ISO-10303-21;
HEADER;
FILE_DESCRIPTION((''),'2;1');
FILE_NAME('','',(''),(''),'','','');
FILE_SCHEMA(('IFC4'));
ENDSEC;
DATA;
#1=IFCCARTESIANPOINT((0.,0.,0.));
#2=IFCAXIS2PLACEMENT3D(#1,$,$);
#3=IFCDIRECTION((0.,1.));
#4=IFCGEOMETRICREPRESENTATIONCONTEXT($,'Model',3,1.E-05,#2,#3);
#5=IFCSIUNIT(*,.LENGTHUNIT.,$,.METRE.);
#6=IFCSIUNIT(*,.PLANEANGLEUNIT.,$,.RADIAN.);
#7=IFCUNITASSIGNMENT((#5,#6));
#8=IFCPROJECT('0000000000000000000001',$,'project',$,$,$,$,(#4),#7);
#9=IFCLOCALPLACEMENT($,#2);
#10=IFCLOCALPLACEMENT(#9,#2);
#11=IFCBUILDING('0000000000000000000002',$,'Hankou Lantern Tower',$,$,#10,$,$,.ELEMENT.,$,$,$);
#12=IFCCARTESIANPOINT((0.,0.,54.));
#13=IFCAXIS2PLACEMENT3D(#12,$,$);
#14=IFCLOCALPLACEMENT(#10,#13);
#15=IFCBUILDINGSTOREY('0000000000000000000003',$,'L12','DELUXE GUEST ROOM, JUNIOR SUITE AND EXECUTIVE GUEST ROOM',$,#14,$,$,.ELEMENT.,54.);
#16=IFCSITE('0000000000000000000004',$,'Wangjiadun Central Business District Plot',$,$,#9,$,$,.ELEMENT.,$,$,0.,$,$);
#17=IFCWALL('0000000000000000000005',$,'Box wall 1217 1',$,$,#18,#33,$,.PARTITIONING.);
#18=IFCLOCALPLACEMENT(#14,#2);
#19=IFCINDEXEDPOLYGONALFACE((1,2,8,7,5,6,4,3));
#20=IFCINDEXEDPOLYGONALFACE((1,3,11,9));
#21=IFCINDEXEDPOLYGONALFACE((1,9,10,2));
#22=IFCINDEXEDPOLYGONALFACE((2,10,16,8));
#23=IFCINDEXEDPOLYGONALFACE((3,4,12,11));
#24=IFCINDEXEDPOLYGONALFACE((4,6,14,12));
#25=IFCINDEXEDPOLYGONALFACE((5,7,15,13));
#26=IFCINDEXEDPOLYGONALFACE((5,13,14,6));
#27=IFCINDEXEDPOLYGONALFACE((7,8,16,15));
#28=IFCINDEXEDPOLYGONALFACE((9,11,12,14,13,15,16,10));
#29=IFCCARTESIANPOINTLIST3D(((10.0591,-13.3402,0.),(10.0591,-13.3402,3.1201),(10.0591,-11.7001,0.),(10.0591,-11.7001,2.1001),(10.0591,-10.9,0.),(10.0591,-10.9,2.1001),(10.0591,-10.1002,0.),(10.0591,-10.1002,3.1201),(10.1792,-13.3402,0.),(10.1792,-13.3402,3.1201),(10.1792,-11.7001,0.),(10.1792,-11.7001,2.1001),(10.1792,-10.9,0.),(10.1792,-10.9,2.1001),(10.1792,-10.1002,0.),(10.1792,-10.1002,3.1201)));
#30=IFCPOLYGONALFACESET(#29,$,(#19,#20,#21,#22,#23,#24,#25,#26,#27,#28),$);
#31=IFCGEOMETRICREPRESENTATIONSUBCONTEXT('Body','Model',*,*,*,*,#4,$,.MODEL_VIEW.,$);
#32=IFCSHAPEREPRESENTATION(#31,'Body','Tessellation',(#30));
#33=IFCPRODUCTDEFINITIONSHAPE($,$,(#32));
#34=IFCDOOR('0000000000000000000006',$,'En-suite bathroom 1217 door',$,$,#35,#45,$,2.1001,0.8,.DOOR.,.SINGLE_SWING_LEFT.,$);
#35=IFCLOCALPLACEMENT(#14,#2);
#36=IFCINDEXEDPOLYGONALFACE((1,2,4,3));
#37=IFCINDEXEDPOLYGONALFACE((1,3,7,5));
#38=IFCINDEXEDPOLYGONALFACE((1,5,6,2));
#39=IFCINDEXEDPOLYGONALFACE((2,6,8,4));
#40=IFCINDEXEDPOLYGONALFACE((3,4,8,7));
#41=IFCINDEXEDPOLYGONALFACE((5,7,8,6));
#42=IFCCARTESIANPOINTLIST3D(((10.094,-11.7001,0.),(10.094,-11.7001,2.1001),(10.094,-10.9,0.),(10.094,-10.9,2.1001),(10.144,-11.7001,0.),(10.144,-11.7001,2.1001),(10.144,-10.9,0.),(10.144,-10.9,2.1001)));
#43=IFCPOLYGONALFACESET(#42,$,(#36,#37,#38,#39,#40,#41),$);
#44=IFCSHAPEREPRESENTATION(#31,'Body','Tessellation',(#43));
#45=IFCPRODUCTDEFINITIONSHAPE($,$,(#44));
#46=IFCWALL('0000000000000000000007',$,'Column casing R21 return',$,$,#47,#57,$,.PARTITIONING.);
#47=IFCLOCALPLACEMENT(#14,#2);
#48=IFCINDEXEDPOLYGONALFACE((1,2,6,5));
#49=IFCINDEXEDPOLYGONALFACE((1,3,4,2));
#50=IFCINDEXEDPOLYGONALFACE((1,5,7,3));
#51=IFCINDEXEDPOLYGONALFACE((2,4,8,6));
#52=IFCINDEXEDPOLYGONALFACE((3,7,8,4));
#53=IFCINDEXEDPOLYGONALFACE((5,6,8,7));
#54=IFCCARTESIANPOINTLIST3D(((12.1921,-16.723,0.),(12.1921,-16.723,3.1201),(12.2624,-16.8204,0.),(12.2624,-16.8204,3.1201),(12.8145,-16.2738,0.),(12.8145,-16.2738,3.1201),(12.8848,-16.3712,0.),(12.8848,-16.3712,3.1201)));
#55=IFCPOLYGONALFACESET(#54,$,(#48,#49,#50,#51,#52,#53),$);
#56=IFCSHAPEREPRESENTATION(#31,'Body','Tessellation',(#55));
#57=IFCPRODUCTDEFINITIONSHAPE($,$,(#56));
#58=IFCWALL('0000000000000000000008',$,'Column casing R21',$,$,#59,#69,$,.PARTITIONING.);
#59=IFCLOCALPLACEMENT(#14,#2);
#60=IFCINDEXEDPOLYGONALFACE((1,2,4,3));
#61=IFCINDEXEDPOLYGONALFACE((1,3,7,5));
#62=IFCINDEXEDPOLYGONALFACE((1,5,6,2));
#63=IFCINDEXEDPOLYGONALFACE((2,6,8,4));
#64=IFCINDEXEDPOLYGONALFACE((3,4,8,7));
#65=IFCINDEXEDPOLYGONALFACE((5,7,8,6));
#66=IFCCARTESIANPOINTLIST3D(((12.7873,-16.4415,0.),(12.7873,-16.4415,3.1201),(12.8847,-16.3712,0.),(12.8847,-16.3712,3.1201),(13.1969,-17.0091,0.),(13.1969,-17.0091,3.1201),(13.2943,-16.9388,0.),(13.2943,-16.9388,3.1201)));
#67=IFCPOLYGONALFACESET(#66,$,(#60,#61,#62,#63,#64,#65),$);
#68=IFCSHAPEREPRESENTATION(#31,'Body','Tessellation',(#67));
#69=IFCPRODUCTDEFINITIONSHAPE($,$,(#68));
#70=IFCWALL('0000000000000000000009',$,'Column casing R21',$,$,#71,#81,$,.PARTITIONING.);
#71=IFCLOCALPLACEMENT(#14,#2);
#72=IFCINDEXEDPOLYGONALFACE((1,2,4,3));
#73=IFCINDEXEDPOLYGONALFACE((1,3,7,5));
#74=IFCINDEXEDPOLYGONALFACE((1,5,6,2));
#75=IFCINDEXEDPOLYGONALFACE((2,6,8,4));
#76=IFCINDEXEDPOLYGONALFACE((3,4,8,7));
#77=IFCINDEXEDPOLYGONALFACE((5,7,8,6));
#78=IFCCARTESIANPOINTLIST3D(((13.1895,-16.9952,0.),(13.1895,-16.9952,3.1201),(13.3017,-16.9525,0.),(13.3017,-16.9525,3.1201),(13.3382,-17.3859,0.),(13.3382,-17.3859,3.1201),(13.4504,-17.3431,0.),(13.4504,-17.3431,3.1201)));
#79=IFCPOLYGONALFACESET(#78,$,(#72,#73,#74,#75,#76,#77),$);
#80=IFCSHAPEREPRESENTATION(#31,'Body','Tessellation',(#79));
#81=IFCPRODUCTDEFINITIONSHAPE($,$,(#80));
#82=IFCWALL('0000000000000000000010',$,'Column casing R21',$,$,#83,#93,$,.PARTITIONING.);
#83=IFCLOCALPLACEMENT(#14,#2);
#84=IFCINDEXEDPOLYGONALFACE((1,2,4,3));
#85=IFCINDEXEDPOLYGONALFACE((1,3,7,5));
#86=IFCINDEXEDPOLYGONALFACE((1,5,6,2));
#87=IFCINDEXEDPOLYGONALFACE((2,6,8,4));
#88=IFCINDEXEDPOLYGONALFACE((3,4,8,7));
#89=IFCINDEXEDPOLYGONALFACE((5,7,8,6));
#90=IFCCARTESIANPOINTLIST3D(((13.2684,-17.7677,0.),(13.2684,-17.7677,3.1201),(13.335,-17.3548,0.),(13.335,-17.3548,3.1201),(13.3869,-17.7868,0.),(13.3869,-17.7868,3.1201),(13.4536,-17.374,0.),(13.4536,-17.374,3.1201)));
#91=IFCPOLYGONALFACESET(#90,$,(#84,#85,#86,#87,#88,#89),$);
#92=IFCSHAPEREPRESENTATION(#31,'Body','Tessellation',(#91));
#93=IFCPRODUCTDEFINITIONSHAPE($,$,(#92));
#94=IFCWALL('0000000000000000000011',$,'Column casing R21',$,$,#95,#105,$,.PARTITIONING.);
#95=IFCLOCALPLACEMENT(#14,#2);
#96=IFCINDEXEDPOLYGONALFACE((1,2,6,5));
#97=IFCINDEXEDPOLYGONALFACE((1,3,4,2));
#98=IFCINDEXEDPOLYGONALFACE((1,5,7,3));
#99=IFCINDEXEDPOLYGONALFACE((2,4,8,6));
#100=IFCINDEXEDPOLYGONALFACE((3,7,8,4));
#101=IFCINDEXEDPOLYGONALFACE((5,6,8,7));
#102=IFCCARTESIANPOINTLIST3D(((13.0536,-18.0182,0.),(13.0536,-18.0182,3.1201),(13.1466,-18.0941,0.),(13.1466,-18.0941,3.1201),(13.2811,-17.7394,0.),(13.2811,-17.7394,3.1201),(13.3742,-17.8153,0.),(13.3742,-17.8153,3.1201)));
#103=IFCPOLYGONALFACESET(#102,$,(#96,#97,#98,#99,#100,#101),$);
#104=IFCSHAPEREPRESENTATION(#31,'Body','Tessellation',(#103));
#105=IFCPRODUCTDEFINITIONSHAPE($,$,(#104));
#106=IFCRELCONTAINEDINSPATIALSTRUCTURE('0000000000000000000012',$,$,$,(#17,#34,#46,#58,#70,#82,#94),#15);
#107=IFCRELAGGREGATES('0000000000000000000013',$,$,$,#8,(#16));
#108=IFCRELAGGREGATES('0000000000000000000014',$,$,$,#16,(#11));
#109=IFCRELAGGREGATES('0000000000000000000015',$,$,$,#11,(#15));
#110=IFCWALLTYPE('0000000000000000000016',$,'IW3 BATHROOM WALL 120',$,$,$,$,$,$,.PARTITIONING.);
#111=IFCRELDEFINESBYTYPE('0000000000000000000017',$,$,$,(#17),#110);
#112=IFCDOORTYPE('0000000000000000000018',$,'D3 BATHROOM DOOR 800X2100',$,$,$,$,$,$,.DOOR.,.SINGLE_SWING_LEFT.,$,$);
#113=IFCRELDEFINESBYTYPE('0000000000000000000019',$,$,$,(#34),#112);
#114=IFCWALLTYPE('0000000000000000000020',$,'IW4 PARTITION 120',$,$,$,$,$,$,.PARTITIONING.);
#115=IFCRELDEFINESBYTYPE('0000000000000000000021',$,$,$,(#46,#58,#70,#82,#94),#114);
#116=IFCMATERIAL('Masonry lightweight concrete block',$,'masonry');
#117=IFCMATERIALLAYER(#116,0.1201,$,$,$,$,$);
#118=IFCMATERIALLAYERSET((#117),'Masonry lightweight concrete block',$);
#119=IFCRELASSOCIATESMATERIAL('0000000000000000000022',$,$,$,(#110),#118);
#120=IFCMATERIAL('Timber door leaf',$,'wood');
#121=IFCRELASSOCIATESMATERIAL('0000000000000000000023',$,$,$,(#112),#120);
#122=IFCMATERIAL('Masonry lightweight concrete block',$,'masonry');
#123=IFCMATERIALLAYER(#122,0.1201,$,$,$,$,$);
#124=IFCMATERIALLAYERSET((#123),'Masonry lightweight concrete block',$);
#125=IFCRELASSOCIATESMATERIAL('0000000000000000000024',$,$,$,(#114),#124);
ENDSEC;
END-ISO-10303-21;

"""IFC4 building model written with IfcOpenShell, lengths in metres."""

from ifc_helpers import new_model, si_unit, direction, frame, frame_2d, origin, place, context, subcontext, project, spatial, rectangle, extrude, material, layer, layer_set, type_object, element, fill, save


model = new_model("IFC4")

# Units and contexts
model_context = context("Model", 3, precision=1e-05, world=origin(), true_north=direction((0.0, 1.0)))
body_context = subcontext(model_context, "Body", "Model", "MODEL_VIEW")
ifc_project = project(units=[si_unit("LENGTHUNIT", "METRE"), si_unit("PLANEANGLEUNIT", "RADIAN")], contexts=[model_context])

# Site, building, storey
site_placement = place(None, origin())
site = spatial("IfcSite", under=ifc_project, at=site_placement, Name="Wangjiadun Central Business District Plot", CompositionType="ELEMENT", RefElevation=0.0)
building_placement = place(site_placement, origin())
building = spatial("IfcBuilding", under=site, at=building_placement, Name="Hankou Lantern Tower", CompositionType="ELEMENT")
storey_placement = place(building_placement, frame((0.0, 0.0, 54.0)))
storey = spatial("IfcBuildingStorey", under=building, at=storey_placement, Name="L12", Description="DELUXE GUEST ROOM, JUNIOR SUITE AND EXECUTIVE GUEST ROOM", CompositionType="ELEMENT", Elevation=54.0)

# Shared definitions
ifc_material_1 = material(Name="Masonry lightweight concrete block", Category="masonry")
ifc_layer_1 = layer(ifc_material_1, 0.1201)
ifc_layer_set_1 = layer_set([ifc_layer_1], Name="Masonry lightweight concrete block")
wall_type_1 = type_object("IfcWallType", Name="IW3 BATHROOM WALL 120", PredefinedType="PARTITIONING", material=ifc_layer_set_1)

# Wall, opening, door
wall_1_placement = place(storey_placement, frame((10.1191, -10.1001, 0.0), z_axis=(0.0, 0.0, 1.0), x_axis=(0.0, -1.0, 0.0)))
wall_1 = element("IfcWall", 1, at=wall_1_placement, inside=storey, type_object=wall_type_1, Name="Box wall 1217 1", PredefinedType="PARTITIONING", context=body_context, shape_type="SweptSolid", body=[
    extrude(rectangle(XDim=3.24, YDim=0.1201, at=frame_2d((1.6201, 0.0))), origin(), (0.0, 0.0, 1.0), 3.1201),
])
opening_1_placement = place(wall_1_placement, frame((0.8, 0.0, 0.0)))
opening_1 = element("IfcOpeningElement", 2, at=opening_1_placement, cuts=wall_1, PredefinedType="OPENING", context=body_context, shape_type="SweptSolid", body=[
    extrude(rectangle(XDim=0.8, YDim=2.1001, at=frame_2d((0.3999, 1.05))), frame((0.0, 0.0701, 0.0), z_axis=(0.0, -1.0, 0.0), x_axis=(1.0, 0.0, 0.0)), (0.0, 0.0, 1.0), 0.1401),
])
ifc_material_2 = material(Name="Timber door leaf", Category="wood")
door_type_1 = type_object("IfcDoorType", Name="D3 BATHROOM DOOR 800X2100", OperationType="SINGLE_SWING_LEFT", PredefinedType="DOOR", material=ifc_material_2)
door_1_placement = place(opening_1_placement, origin())
door_1 = element("IfcDoor", 3, at=door_1_placement, inside=storey, type_object=door_type_1, Name="En-suite bathroom 1217 door", OperationType="SINGLE_SWING_LEFT", OverallHeight=2.1001, OverallWidth=0.8, PredefinedType="DOOR", context=body_context, shape_type="SweptSolid", body=[
    extrude(rectangle(XDim=0.8, YDim=2.1001, at=frame_2d((0.3999, 1.05))), frame((0.0, 0.0249, 0.0), z_axis=(0.0, -1.0, 0.0), x_axis=(1.0, 0.0, 0.0)), (0.0, 0.0, 1.0), 0.05),
])
fill(opening_1, door_1)

# Walls
ifc_material_3 = material(Name="Masonry lightweight concrete block", Category="masonry")
ifc_layer_2 = layer(ifc_material_3, 0.1201)
ifc_layer_set_2 = layer_set([ifc_layer_2], Name="Masonry lightweight concrete block")
wall_type_2 = type_object("IfcWallType", Name="IW4 PARTITION 120", PredefinedType="PARTITIONING", material=ifc_layer_set_2)
wall_2_placement = place(storey_placement, frame((12.2273, -16.7717, 0.0), z_axis=(0.0, 0.0, 1.0), x_axis=(0.810822, 0.585293, 0.0)))
element("IfcWall", 4, at=wall_2_placement, inside=storey, type_object=wall_type_2, Name="Column casing R21 return", PredefinedType="PARTITIONING", context=body_context, shape_type="SweptSolid", body=[
    extrude(rectangle(XDim=0.7676, YDim=0.1201, at=frame_2d((0.3838, 0.0))), origin(), (0.0, 0.0, 1.0), 3.1201),
])
wall_3_placement = place(storey_placement, frame((12.8359, -16.4062, 0.0), z_axis=(0.0, 0.0, 1.0), x_axis=(0.585223, -0.810872, 0.0)))
element("IfcWall", 5, at=wall_3_placement, inside=storey, type_object=wall_type_2, Name="Column casing R21", PredefinedType="PARTITIONING", context=body_context, shape_type="SweptSolid", body=[
    extrude(rectangle(XDim=0.7, YDim=0.1201, at=frame_2d((0.3501, 0.0))), origin(), (0.0, 0.0, 1.0), 3.1201),
])
wall_4_placement = place(storey_placement, frame((13.2456, -16.9739, 0.0), z_axis=(0.0, 0.0, 1.0), x_axis=(0.355728, -0.934589, 0.0)))
element("IfcWall", 6, at=wall_4_placement, inside=storey, type_object=wall_type_2, Name="Column casing R21", PredefinedType="PARTITIONING", context=body_context, shape_type="SweptSolid", body=[
    extrude(rectangle(XDim=0.418, YDim=0.1201, at=frame_2d((0.209, 0.0))), origin(), (0.0, 0.0, 1.0), 3.1201),
])
wall_5_placement = place(storey_placement, frame((13.3943, -17.3645, 0.0), z_axis=(0.0, 0.0, 1.0), x_axis=(-0.159379, -0.987217, 0.0)))
element("IfcWall", 7, at=wall_5_placement, inside=storey, type_object=wall_type_2, Name="Column casing R21", PredefinedType="PARTITIONING", context=body_context, shape_type="SweptSolid", body=[
    extrude(rectangle(XDim=0.4182, YDim=0.1201, at=frame_2d((0.209, 0.0))), origin(), (0.0, 0.0, 1.0), 3.1201),
])
wall_6_placement = place(storey_placement, frame((13.3276, -17.7773, 0.0), z_axis=(0.0, 0.0, 1.0), x_axis=(-0.632277, -0.774743, 0.0)))
element("IfcWall", 8, at=wall_6_placement, inside=storey, type_object=wall_type_2, Name="Column casing R21", PredefinedType="PARTITIONING", context=body_context, shape_type="SweptSolid", body=[
    extrude(rectangle(XDim=0.3599, YDim=0.1201, at=frame_2d((0.1799, 0.0))), origin(), (0.0, 0.0, 1.0), 3.1201),
])

save(model, "model.ifc")
